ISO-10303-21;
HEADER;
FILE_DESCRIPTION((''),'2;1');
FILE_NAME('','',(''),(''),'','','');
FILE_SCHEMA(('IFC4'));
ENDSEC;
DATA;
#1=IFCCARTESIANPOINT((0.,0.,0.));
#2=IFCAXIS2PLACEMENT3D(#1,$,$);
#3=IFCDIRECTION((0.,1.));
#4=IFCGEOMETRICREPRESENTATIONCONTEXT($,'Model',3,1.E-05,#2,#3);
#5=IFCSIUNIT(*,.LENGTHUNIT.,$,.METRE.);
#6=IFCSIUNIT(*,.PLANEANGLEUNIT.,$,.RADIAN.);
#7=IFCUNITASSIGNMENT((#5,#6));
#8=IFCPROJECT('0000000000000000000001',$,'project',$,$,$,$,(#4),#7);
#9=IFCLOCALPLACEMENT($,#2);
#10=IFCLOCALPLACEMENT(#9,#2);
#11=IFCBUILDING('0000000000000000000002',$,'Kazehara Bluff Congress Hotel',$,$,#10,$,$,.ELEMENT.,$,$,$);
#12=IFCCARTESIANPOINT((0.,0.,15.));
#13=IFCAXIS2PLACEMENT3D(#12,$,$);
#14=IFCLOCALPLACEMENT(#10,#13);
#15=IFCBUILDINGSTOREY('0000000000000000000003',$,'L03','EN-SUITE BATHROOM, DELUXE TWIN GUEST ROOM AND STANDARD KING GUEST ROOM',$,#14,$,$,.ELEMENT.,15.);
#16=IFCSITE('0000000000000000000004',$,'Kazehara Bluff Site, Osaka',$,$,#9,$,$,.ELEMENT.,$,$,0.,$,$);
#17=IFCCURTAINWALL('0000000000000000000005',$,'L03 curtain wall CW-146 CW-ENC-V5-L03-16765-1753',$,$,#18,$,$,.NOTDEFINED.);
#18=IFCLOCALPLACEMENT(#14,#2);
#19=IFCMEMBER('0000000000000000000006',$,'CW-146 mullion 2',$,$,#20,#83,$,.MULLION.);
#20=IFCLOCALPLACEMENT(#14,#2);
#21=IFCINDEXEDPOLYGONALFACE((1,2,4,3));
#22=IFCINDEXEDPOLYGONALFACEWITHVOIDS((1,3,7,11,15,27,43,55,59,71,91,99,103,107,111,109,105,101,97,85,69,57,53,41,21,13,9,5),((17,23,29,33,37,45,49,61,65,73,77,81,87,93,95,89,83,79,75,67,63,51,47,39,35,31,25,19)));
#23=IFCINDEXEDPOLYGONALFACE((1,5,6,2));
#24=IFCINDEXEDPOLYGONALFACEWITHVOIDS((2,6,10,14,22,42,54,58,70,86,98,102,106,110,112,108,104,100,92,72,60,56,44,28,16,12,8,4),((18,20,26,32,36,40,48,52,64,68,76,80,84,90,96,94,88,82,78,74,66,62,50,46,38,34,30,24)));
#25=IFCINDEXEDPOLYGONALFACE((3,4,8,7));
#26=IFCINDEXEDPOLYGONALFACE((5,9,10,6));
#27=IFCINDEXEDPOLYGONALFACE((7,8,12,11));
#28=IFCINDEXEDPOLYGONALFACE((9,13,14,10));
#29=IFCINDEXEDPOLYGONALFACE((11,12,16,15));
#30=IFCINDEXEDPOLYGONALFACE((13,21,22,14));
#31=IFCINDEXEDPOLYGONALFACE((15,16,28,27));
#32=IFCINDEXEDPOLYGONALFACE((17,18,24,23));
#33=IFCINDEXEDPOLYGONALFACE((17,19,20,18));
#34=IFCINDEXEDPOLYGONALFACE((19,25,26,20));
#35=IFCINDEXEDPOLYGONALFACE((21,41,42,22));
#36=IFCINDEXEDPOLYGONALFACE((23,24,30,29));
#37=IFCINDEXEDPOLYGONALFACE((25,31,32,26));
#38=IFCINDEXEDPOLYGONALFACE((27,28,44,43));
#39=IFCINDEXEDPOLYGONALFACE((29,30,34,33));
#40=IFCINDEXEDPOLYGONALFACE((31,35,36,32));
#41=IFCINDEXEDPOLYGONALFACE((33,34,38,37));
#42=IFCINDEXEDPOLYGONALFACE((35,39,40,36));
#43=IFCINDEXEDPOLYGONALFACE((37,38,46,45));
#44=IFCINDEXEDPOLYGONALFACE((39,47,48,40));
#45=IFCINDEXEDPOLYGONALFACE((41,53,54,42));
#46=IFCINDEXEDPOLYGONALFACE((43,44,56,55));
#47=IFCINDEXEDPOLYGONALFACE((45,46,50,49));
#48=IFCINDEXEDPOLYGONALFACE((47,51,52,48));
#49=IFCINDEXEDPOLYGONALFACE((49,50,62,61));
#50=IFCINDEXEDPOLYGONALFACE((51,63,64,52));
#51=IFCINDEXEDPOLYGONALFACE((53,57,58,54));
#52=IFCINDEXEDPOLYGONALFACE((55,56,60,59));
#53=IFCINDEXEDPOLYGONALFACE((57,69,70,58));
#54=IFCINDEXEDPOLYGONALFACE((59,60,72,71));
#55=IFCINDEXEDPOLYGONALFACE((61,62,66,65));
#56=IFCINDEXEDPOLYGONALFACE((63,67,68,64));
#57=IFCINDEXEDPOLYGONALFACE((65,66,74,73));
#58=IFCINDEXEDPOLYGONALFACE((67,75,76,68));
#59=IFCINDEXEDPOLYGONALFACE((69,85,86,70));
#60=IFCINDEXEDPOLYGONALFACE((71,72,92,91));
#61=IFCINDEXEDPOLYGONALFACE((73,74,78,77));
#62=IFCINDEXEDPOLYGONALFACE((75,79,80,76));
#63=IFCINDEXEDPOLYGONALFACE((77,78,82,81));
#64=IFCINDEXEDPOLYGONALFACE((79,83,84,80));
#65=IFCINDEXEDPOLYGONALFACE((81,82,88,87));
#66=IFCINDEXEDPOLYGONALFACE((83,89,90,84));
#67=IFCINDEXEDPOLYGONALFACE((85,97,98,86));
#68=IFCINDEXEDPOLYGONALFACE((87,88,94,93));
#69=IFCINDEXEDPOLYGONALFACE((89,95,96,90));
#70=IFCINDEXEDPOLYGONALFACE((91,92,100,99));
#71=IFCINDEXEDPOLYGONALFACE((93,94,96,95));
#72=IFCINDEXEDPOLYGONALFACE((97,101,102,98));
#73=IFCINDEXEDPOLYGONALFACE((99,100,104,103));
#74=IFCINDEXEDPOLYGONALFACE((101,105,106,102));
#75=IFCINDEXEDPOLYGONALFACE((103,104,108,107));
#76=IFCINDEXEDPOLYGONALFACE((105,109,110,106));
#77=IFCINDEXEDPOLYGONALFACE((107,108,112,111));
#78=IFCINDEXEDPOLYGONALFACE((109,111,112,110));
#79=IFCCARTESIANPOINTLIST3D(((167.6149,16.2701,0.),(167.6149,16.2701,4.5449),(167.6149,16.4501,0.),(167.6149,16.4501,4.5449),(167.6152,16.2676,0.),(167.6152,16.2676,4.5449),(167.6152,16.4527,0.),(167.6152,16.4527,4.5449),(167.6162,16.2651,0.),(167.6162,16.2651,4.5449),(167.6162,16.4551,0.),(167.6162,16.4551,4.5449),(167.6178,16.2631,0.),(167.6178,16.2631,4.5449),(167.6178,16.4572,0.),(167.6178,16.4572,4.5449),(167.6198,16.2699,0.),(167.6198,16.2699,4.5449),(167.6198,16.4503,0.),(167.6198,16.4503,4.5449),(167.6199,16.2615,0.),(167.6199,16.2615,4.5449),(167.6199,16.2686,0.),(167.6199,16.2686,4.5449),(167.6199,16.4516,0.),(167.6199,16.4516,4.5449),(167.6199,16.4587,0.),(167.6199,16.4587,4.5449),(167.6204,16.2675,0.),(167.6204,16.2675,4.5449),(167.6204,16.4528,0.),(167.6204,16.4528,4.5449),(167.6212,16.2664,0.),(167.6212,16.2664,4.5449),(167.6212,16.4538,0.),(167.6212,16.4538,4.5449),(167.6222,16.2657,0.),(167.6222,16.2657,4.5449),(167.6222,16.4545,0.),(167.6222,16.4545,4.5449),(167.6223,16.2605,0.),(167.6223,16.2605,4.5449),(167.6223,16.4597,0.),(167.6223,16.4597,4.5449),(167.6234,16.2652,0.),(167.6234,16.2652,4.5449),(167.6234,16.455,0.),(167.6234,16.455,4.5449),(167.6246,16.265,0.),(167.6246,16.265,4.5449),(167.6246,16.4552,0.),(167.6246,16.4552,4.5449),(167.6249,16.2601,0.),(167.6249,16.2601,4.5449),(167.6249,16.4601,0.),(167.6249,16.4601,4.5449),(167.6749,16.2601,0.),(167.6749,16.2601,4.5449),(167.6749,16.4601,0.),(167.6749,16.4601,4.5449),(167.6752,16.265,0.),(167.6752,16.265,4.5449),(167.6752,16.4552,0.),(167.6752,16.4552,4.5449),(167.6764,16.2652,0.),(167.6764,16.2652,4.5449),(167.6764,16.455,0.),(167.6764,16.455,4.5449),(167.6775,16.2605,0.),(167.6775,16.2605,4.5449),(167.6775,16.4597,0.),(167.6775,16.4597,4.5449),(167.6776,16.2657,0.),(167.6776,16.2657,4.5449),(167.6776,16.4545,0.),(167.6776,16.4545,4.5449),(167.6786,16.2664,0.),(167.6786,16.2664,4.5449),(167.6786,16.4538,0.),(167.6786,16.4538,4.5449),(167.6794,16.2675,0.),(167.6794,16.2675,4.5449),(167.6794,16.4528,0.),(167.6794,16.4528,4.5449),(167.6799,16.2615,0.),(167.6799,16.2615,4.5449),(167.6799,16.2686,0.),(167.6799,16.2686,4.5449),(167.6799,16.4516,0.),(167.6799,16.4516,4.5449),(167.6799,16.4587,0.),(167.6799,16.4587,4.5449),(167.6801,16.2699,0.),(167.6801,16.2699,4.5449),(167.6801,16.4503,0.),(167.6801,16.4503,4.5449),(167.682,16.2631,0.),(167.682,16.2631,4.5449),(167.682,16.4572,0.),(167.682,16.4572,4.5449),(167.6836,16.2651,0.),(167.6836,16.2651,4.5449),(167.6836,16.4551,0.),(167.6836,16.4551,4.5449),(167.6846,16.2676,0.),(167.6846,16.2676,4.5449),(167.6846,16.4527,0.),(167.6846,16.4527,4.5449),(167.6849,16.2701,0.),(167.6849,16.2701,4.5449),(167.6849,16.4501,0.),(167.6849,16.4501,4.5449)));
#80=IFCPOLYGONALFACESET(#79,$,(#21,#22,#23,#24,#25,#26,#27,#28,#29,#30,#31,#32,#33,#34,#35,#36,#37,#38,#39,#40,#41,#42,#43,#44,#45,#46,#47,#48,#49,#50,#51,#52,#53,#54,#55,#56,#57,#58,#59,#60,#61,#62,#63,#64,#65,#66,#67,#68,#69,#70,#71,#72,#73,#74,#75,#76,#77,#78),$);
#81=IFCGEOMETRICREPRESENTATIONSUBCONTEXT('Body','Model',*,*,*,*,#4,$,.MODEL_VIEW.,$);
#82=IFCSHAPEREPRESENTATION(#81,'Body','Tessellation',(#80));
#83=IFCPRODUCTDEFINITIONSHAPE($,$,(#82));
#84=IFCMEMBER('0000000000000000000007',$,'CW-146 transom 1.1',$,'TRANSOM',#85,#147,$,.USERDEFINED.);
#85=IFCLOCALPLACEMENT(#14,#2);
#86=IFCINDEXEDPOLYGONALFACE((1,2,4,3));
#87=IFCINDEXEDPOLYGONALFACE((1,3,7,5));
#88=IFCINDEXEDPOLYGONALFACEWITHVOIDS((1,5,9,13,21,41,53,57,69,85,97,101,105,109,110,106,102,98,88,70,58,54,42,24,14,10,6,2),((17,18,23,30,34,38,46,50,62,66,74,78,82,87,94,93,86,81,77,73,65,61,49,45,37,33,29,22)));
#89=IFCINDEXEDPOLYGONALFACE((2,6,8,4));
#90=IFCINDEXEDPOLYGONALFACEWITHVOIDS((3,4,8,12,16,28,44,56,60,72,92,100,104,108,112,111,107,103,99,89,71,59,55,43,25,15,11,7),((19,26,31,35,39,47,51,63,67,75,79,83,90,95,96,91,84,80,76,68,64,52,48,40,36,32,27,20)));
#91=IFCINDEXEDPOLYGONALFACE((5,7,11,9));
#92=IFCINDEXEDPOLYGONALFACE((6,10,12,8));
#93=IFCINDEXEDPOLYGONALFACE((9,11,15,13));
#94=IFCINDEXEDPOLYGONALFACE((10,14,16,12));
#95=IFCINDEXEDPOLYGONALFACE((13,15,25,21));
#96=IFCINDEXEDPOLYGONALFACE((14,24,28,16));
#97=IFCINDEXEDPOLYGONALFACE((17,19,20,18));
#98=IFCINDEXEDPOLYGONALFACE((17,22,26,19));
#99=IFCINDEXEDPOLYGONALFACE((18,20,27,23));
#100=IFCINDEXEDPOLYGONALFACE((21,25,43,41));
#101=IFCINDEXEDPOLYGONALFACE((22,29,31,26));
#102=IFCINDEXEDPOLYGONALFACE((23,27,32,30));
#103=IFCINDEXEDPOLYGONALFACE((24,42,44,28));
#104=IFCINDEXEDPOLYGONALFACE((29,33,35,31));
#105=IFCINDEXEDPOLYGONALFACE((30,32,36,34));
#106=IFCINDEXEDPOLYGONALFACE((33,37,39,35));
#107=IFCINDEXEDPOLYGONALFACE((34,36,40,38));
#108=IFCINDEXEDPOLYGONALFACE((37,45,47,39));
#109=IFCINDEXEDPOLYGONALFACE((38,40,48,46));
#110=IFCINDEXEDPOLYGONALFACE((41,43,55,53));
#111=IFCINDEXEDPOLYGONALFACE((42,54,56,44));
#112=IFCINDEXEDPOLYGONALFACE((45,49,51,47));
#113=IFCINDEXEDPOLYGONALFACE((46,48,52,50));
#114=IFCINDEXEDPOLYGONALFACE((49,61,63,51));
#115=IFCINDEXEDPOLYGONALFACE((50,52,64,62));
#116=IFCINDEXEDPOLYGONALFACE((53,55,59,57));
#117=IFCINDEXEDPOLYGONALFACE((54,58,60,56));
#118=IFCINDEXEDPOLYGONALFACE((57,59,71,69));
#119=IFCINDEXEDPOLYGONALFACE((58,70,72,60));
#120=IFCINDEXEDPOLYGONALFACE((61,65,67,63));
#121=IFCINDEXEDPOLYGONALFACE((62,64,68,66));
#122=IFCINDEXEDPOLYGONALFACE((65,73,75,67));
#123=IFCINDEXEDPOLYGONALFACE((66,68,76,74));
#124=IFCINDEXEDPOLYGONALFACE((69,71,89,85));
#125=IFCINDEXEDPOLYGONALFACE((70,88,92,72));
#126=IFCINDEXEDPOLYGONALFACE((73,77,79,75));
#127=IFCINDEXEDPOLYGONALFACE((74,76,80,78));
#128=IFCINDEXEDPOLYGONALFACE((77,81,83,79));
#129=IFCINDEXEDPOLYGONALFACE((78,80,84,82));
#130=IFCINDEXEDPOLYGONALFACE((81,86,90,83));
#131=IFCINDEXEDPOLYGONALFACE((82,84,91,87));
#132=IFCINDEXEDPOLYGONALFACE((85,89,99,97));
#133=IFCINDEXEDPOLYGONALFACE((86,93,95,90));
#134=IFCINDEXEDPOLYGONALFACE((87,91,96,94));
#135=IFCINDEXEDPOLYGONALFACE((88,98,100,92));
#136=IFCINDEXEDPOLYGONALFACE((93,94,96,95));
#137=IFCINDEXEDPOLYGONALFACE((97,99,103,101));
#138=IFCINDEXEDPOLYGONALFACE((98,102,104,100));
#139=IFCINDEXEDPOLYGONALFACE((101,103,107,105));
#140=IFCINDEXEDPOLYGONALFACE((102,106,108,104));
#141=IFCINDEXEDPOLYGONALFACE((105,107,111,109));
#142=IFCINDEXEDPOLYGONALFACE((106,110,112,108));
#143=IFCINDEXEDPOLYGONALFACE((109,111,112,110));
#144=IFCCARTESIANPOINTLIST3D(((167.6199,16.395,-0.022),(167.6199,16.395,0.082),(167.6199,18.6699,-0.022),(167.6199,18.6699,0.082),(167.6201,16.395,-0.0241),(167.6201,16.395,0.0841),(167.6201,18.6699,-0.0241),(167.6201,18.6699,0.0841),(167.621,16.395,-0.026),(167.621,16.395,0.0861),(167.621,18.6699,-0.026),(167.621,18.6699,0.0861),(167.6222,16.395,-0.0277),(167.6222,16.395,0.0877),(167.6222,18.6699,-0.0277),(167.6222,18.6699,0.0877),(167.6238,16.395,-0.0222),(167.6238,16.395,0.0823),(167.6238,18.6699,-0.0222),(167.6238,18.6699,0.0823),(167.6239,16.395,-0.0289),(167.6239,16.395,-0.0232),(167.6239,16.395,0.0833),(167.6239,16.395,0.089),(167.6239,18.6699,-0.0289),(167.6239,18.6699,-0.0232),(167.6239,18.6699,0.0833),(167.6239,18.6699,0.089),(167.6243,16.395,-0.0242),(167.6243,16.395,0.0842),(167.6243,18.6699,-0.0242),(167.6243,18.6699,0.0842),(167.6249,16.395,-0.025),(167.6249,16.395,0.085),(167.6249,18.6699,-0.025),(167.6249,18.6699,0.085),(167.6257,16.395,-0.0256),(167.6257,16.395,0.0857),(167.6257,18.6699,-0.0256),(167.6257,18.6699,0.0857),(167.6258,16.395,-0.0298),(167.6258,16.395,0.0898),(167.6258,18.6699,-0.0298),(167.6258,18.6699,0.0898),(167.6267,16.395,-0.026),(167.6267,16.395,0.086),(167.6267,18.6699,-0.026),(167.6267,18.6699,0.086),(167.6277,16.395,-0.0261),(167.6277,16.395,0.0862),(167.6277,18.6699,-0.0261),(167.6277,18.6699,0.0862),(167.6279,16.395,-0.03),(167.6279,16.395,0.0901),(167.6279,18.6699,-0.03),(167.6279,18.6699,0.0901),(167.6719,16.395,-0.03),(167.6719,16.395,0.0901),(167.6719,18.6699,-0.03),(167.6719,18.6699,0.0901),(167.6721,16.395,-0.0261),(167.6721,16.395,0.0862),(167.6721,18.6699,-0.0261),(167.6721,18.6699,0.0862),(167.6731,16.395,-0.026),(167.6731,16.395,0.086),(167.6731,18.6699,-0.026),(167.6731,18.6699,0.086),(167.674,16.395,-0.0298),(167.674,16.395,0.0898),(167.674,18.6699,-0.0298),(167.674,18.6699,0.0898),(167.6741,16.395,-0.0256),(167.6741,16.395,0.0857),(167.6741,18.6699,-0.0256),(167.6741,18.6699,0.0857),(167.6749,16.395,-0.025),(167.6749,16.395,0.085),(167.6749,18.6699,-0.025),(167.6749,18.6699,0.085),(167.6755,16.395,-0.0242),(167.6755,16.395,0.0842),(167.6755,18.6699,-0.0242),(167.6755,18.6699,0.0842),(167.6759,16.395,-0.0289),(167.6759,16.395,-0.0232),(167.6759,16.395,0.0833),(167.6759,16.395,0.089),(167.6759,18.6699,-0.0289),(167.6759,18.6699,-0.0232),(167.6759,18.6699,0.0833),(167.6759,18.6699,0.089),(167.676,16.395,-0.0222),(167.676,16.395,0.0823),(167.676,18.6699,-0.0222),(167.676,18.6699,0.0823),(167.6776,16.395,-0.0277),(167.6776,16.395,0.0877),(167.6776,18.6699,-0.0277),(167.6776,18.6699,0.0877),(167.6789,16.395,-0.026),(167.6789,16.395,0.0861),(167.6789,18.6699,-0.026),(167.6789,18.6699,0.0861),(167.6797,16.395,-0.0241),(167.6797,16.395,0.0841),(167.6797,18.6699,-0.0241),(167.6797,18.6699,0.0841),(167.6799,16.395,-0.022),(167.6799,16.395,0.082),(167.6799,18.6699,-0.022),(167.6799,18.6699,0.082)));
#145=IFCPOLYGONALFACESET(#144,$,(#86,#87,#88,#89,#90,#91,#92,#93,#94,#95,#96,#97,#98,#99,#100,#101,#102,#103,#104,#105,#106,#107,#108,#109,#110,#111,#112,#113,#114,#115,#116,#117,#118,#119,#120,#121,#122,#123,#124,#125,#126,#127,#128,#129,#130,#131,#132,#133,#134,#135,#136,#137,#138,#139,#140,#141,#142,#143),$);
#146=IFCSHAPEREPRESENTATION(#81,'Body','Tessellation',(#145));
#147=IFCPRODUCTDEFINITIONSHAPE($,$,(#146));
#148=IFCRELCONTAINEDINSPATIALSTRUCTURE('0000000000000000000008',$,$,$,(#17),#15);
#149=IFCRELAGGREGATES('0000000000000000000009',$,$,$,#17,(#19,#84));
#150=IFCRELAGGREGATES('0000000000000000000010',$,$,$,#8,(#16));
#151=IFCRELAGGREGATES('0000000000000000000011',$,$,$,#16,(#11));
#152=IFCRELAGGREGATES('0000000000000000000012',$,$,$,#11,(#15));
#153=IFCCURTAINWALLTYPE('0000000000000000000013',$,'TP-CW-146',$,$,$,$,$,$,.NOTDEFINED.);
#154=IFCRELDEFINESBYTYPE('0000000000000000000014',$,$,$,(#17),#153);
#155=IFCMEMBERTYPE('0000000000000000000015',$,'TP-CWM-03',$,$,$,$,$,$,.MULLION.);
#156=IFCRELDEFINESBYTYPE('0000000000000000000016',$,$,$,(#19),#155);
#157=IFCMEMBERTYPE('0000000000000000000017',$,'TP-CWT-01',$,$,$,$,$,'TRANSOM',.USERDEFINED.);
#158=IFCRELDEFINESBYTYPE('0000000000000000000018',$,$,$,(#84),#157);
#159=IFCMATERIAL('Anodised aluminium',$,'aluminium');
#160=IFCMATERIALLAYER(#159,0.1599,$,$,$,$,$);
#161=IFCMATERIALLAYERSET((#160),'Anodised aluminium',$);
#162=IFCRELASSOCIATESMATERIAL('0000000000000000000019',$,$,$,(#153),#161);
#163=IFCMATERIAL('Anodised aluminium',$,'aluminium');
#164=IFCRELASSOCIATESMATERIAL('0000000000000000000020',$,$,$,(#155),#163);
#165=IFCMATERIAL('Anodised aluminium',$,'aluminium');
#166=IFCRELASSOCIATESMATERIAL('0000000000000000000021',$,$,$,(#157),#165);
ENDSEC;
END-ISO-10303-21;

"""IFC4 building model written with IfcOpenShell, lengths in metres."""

from ifc_helpers import new_model, si_unit, direction, frame, origin, origin_2d, place, context, subcontext, project, spatial, hollow_rectangle, extrude, material, layer, layer_set, material_profile, profile_set, type_object, element, aggregate, save


model = new_model("IFC4")

# Units and contexts
model_context = context("Model", 3, precision=1e-05, world=origin(), true_north=direction((0.0, 1.0)))
body_context = subcontext(model_context, "Body", "Model", "MODEL_VIEW")
ifc_project = project(units=[si_unit("LENGTHUNIT", "METRE"), si_unit("PLANEANGLEUNIT", "RADIAN")], contexts=[model_context])

# Site, building, storey
site_placement = place(None, origin())
site = spatial("IfcSite", under=ifc_project, at=site_placement, Name="Kazehara Bluff Site, Osaka", CompositionType="ELEMENT", RefElevation=0.0)
building_placement = place(site_placement, origin())
building = spatial("IfcBuilding", under=site, at=building_placement, Name="Kazehara Bluff Congress Hotel", CompositionType="ELEMENT")
storey_placement = place(building_placement, frame((0.0, 0.0, 15.0)))
storey = spatial("IfcBuildingStorey", under=building, at=storey_placement, Name="L03", Description="EN-SUITE BATHROOM, DELUXE TWIN GUEST ROOM AND STANDARD KING GUEST ROOM", CompositionType="ELEMENT", Elevation=15.0)

# Curtain wall, members
ifc_material_1 = material(Name="Anodised aluminium", Category="aluminium")
ifc_layer_1 = layer(ifc_material_1, 0.1599)
ifc_layer_set_1 = layer_set([ifc_layer_1], Name="Anodised aluminium")
curtain_wall_type_1 = type_object("IfcCurtainWallType", Name="TP-CW-146", PredefinedType="NOTDEFINED", material=ifc_layer_set_1)
curtain_wall_1_placement = place(storey_placement, origin())
curtain_wall_1 = element("IfcCurtainWall", 1, at=curtain_wall_1_placement, inside=storey, type_object=curtain_wall_type_1, Name="L03 curtain wall CW-146 CW-ENC-V5-L03-16765-1753", PredefinedType="NOTDEFINED")
ifc_material_2 = material(Name="Anodised aluminium", Category="aluminium")
ifc_material_profile_1 = material_profile(ifc_material_2, hollow_rectangle(XDim=0.0701, YDim=0.2, WallThickness=0.0049, InnerFilletRadius=0.0049, OuterFilletRadius=0.01, at=origin_2d()))
ifc_profile_set_1 = profile_set([ifc_material_profile_1], Name="Anodised aluminium")
member_type_1 = type_object("IfcMemberType", Name="TP-CWM-03", PredefinedType="MULLION", material=ifc_profile_set_1)
member_1_placement = place(storey_placement, frame((167.6499, 16.3601, 0.0), z_axis=(0.0, 0.0, 1.0), x_axis=(1.0, 0.0, 0.0)))
member_1 = element("IfcMember", 2, at=member_1_placement, type_object=member_type_1, Name="CW-146 mullion 2", PredefinedType="MULLION", context=body_context, shape_type="SweptSolid", body=[
    extrude(hollow_rectangle(XDim=0.0701, YDim=0.2, WallThickness=0.0049, InnerFilletRadius=0.0049, OuterFilletRadius=0.01, at=origin_2d()), origin(), (0.0, 0.0, 1.0), 4.5449),
])
ifc_material_3 = material(Name="Anodised aluminium", Category="aluminium")
ifc_material_profile_2 = material_profile(ifc_material_3, hollow_rectangle(XDim=0.0601, YDim=0.1201, WallThickness=0.0039, InnerFilletRadius=0.0039, OuterFilletRadius=0.0081, at=origin_2d()))
ifc_profile_set_2 = profile_set([ifc_material_profile_2], Name="Anodised aluminium")
member_type_2 = type_object("IfcMemberType", Name="TP-CWT-01", ElementType="TRANSOM", PredefinedType="USERDEFINED", material=ifc_profile_set_2)
member_2_placement = place(storey_placement, frame((167.6499, 18.6699, 0.03), z_axis=(0.0, -1.0, 0.0), x_axis=(1.0, 0.0, 0.0)))
member_2 = element("IfcMember", 3, at=member_2_placement, type_object=member_type_2, Name="CW-146 transom 1.1", ObjectType="TRANSOM", PredefinedType="USERDEFINED", context=body_context, shape_type="SweptSolid", body=[
    extrude(hollow_rectangle(XDim=0.0601, YDim=0.1201, WallThickness=0.0039, InnerFilletRadius=0.0039, OuterFilletRadius=0.0081, at=origin_2d()), origin(), (0.0, 0.0, 1.0), 2.2749),
])

aggregate(curtain_wall_1, [member_1, member_2])

save(model, "model.ifc")
